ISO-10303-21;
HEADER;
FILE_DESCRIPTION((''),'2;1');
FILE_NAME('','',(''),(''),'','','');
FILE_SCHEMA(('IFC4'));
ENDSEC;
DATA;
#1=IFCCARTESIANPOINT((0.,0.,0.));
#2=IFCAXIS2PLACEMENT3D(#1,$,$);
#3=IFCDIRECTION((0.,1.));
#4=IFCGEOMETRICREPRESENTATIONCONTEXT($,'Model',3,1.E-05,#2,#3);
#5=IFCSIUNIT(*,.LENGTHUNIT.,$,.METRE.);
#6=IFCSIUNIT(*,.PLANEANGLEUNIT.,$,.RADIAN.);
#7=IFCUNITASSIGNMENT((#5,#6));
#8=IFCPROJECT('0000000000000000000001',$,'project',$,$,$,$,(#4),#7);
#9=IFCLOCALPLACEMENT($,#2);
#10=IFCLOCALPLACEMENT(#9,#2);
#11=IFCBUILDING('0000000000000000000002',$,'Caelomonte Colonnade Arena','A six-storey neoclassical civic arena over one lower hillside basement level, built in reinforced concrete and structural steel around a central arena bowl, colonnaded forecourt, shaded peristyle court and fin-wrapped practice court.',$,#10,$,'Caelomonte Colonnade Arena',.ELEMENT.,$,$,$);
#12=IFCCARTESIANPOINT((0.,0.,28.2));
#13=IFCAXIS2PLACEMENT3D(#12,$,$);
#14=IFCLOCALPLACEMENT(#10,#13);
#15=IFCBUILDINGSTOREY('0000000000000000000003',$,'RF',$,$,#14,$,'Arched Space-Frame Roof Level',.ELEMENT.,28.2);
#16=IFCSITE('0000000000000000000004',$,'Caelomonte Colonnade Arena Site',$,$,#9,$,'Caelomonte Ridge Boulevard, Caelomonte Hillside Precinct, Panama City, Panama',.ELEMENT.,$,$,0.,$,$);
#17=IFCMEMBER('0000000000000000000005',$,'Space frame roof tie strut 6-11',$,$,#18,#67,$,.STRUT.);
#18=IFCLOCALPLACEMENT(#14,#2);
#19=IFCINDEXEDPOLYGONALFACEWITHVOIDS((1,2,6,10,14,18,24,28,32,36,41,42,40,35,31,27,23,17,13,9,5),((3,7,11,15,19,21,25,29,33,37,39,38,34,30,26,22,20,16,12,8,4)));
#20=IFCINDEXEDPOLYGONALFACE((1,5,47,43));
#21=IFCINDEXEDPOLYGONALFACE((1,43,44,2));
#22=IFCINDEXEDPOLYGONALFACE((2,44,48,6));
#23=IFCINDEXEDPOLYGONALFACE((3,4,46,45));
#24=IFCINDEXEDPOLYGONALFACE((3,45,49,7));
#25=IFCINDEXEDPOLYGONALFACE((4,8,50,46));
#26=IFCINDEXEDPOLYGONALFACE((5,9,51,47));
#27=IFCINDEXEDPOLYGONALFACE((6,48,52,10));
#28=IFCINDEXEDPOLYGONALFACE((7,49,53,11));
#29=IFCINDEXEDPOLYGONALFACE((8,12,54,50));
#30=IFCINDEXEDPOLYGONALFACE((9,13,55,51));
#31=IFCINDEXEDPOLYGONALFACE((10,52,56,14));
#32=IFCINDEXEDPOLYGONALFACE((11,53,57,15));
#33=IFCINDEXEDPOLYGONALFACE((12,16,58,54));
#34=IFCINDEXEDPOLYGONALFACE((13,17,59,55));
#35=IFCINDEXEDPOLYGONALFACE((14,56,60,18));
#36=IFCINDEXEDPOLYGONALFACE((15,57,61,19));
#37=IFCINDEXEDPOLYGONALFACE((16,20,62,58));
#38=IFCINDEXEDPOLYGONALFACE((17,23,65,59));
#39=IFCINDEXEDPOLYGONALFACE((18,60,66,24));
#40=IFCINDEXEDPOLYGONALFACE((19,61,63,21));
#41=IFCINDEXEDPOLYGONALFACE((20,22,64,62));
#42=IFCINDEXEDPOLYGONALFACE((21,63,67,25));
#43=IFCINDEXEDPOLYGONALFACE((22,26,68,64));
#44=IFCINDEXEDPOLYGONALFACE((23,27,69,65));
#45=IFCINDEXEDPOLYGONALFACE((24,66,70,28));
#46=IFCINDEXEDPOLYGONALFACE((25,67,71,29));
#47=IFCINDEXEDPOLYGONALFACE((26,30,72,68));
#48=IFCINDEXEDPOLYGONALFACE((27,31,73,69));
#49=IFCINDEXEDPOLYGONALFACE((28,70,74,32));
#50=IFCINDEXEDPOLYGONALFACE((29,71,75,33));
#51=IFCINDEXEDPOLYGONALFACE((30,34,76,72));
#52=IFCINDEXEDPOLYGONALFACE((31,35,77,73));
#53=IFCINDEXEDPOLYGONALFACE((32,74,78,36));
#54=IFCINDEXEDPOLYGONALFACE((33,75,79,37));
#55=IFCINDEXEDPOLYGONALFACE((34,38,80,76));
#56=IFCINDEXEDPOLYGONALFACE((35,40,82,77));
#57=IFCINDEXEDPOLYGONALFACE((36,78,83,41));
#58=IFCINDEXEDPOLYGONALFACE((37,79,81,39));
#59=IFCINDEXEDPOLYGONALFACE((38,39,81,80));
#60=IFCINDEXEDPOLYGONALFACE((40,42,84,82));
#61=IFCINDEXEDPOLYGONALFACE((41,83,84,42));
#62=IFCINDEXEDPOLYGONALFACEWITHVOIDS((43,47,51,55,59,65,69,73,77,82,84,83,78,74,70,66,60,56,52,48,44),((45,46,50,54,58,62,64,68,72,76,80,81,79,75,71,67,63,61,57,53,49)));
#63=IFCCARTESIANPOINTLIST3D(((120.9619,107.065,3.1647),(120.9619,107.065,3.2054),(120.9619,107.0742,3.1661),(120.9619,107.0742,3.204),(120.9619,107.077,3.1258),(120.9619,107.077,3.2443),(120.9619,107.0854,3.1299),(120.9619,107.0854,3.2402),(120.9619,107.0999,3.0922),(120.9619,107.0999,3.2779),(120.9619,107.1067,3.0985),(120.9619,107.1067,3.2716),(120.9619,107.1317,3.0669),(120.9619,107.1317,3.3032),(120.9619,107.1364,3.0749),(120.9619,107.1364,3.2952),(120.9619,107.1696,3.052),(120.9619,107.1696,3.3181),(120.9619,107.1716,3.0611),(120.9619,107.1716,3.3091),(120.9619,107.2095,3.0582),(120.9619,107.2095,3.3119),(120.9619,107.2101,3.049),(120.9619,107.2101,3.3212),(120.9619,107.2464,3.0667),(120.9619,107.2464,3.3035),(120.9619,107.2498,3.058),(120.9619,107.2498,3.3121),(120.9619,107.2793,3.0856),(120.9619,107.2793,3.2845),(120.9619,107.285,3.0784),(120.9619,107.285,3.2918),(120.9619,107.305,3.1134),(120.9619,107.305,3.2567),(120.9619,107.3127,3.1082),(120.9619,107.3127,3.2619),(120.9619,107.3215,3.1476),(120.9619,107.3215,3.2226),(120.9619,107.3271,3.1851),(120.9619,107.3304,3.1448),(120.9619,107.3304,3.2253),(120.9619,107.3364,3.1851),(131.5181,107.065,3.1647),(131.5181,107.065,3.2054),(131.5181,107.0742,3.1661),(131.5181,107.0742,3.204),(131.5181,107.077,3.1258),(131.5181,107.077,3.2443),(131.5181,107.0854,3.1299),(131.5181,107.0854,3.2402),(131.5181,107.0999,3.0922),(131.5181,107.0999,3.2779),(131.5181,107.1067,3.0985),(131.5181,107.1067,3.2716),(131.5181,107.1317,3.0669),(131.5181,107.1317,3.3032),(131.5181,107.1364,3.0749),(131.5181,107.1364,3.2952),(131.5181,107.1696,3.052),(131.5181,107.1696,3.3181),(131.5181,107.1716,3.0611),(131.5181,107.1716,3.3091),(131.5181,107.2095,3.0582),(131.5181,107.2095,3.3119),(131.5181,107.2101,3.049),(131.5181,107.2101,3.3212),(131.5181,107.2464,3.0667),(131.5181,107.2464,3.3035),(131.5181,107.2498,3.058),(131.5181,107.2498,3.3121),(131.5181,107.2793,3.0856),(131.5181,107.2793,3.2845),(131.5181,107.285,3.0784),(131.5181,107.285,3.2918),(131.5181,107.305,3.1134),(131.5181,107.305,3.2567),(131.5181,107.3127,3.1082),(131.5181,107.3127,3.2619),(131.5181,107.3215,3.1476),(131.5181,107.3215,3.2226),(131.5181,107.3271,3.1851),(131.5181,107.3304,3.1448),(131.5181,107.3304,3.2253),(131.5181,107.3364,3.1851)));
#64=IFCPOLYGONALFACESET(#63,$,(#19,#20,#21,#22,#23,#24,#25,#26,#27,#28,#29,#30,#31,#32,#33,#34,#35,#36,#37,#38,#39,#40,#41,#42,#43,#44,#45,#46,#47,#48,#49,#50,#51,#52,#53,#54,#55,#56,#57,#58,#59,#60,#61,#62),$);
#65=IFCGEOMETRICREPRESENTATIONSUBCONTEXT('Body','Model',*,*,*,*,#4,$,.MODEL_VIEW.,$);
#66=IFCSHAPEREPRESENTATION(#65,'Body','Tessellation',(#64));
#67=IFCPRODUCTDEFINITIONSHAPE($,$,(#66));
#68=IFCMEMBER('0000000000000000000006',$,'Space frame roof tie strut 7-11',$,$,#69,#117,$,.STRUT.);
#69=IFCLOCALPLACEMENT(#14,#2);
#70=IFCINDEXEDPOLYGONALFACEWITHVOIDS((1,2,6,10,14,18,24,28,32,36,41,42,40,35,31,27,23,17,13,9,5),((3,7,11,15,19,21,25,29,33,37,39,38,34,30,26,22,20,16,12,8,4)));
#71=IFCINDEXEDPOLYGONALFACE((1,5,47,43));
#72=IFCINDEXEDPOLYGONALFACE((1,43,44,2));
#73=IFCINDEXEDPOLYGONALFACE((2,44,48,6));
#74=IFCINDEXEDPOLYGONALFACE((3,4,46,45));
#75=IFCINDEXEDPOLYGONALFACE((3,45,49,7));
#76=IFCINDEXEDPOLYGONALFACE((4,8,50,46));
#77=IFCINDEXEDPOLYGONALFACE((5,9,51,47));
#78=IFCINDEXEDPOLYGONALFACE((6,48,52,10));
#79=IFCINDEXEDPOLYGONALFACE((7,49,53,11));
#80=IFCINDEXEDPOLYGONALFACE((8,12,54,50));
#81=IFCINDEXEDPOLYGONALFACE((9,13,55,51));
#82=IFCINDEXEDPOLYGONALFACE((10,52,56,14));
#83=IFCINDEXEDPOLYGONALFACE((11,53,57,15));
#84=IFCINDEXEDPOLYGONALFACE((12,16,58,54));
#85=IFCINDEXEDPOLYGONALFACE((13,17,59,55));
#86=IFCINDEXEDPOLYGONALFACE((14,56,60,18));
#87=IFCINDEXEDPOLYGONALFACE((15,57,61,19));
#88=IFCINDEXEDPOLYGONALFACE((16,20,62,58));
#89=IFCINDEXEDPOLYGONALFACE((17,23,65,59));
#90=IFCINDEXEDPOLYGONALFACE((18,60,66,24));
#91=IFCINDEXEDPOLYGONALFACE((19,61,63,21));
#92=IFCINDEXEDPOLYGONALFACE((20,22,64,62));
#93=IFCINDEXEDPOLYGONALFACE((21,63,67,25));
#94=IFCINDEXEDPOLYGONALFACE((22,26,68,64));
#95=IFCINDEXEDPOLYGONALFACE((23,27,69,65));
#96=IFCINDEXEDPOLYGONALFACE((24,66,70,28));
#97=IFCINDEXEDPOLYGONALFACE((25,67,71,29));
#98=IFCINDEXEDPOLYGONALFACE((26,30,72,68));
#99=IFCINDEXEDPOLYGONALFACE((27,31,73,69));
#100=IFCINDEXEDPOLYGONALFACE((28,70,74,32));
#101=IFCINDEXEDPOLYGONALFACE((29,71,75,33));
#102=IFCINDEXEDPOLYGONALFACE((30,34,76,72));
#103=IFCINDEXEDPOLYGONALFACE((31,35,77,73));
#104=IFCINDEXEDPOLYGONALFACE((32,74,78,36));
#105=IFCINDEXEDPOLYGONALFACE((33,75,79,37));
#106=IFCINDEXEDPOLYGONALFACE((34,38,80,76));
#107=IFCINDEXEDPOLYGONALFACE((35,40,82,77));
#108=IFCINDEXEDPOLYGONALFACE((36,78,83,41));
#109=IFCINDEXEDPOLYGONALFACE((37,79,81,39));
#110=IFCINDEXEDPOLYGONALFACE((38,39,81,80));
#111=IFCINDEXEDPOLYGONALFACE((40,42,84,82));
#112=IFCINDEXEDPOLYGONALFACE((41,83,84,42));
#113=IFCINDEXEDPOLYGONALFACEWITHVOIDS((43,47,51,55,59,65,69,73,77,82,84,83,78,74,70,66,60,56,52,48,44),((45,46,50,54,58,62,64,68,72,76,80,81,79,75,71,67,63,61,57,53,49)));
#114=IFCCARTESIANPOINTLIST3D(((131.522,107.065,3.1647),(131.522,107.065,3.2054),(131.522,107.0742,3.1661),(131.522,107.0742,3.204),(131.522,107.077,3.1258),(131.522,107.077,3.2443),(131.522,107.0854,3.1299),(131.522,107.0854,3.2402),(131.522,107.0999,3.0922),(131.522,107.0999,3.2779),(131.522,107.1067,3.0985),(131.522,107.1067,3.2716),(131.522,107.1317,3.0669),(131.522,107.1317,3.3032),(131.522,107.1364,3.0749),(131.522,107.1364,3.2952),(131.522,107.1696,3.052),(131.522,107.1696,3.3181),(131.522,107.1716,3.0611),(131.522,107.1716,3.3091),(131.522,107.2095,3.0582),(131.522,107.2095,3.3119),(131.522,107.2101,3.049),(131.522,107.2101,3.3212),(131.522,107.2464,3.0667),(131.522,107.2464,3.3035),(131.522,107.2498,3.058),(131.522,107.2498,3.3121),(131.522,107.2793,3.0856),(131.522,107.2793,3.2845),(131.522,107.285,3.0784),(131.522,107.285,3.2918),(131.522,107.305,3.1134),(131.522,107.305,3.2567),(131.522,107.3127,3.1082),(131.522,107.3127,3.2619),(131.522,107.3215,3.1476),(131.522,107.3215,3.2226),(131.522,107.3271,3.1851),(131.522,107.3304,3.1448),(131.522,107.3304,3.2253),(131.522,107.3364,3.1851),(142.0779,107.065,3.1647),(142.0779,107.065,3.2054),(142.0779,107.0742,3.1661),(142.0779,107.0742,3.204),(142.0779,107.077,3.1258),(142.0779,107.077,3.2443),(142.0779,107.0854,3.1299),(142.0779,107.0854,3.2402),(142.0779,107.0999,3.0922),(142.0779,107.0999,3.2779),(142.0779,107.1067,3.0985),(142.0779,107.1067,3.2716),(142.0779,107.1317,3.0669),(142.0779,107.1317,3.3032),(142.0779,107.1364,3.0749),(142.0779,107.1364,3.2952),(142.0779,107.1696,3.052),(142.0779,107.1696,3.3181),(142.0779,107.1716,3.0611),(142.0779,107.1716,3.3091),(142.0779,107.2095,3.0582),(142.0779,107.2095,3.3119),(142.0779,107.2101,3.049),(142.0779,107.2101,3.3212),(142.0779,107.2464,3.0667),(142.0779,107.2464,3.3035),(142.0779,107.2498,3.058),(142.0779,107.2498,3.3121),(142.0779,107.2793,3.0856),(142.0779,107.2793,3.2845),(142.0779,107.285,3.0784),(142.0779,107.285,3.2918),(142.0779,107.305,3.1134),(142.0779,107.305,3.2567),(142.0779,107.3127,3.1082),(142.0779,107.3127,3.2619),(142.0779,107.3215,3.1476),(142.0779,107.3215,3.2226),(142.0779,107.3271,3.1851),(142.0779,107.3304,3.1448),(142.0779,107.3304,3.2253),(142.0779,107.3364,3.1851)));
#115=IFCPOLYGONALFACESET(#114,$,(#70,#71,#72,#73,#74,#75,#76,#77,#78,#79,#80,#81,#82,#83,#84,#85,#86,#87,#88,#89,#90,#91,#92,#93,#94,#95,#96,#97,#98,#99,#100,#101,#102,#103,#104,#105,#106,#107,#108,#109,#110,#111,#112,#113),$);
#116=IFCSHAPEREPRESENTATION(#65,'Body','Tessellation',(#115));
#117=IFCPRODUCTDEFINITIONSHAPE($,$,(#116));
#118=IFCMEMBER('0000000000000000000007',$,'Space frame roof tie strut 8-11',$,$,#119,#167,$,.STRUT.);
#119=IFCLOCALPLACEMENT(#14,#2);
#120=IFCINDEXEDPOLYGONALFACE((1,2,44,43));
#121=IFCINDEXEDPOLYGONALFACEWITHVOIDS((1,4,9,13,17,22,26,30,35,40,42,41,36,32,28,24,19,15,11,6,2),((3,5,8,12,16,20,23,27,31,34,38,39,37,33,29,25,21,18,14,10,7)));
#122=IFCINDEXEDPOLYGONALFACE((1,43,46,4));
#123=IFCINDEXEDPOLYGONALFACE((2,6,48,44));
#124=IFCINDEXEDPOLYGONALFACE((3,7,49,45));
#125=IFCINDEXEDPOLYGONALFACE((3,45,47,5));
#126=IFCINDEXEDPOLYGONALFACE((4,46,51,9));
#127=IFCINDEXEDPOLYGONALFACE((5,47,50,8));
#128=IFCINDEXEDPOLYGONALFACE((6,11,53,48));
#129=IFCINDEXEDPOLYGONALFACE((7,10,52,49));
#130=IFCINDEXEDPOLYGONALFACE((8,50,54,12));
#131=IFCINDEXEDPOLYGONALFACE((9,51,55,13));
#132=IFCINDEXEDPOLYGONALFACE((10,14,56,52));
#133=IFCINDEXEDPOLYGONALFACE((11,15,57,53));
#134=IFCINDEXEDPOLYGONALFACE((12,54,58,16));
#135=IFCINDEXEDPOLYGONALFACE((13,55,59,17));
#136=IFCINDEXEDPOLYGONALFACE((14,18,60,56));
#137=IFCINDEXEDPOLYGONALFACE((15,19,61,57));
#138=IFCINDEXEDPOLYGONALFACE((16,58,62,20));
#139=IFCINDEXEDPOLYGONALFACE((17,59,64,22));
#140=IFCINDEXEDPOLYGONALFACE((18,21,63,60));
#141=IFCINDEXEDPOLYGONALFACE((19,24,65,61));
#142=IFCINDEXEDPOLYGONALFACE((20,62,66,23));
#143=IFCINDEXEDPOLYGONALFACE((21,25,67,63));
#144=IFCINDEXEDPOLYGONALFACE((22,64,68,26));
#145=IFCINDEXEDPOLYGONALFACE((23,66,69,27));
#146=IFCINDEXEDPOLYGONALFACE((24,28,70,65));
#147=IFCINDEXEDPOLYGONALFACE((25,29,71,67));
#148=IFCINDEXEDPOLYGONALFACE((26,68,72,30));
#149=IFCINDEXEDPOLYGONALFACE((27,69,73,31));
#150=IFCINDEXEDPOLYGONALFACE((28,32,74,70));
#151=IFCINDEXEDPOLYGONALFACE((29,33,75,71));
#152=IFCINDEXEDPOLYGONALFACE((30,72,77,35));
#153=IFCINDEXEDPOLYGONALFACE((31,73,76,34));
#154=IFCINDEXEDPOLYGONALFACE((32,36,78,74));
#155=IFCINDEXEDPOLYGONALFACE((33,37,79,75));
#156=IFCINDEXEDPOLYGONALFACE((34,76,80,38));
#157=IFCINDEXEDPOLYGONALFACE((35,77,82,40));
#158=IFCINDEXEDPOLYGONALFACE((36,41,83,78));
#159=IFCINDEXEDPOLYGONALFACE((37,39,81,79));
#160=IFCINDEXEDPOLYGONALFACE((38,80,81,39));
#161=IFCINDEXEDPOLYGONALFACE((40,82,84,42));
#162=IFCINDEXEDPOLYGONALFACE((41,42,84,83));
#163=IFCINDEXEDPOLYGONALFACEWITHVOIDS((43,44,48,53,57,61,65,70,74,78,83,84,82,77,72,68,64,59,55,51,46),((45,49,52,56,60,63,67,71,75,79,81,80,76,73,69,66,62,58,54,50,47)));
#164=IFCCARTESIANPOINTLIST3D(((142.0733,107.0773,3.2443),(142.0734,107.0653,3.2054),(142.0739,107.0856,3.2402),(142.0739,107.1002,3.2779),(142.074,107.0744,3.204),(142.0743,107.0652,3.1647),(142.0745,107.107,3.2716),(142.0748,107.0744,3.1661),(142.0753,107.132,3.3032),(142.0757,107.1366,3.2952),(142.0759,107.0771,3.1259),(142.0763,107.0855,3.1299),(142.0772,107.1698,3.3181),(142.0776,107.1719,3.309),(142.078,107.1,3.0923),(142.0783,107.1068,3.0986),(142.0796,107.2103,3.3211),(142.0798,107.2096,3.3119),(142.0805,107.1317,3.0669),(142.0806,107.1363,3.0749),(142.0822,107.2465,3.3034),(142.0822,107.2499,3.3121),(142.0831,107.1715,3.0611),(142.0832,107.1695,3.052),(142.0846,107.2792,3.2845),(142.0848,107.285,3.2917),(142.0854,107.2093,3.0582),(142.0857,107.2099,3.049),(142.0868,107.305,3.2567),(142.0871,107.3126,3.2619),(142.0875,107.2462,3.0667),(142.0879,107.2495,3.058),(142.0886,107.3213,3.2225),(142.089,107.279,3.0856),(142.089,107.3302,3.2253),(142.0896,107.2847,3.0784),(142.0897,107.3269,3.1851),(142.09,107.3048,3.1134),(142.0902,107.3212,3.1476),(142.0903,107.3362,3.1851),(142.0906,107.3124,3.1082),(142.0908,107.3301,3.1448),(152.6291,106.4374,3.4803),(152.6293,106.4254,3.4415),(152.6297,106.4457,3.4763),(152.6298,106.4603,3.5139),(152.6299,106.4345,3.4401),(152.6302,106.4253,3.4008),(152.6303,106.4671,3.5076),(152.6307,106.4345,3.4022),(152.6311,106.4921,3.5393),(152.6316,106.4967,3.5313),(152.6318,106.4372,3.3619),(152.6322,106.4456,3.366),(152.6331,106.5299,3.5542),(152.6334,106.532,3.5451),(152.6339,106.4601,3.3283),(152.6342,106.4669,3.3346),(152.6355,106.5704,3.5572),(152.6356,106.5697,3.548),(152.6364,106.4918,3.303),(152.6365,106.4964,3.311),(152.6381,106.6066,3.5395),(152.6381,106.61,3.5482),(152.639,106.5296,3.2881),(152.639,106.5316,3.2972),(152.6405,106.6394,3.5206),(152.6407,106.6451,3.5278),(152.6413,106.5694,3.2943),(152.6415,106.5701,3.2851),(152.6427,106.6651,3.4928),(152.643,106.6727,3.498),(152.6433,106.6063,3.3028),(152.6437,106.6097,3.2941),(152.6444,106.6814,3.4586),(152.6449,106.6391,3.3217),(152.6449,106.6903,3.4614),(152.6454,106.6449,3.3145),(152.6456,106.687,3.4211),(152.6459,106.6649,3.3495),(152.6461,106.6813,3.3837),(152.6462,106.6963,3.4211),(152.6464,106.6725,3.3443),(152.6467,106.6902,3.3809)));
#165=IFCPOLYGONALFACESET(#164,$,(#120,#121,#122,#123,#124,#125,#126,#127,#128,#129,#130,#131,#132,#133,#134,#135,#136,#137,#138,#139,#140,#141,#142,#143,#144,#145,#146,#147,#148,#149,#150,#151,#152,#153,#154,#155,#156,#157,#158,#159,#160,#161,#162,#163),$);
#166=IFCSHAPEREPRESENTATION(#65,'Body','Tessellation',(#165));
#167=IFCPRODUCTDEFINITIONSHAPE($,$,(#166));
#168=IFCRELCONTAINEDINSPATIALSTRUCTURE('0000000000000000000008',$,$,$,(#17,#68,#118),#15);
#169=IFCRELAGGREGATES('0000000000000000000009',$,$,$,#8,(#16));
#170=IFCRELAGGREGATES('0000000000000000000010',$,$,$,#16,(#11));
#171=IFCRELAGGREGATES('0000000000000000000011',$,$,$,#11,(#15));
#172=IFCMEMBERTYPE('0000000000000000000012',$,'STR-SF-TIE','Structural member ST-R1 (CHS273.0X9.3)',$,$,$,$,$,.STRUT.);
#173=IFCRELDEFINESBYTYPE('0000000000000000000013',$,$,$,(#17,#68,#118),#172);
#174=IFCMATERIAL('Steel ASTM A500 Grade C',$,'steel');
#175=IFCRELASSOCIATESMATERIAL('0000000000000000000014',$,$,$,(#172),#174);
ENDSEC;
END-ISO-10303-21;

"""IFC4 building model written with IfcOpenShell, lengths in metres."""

from ifc_helpers import new_model, si_unit, direction, frame, origin, origin_2d, place, context, subcontext, project, spatial, hollow_circle, extrude, material, material_profile, profile_set, type_object, element, save


model = new_model("IFC4")

# Units and contexts
model_context = context("Model", 3, precision=1e-05, world=origin(), true_north=direction((0.0, 1.0)))
body_context = subcontext(model_context, "Body", "Model", "MODEL_VIEW")
ifc_project = project(units=[si_unit("LENGTHUNIT", "METRE"), si_unit("PLANEANGLEUNIT", "RADIAN")], contexts=[model_context])

# Site, building, storey
site_placement = place(None, origin())
site = spatial("IfcSite", under=ifc_project, at=site_placement, Name="Caelomonte Colonnade Arena Site", LongName="Caelomonte Ridge Boulevard, Caelomonte Hillside Precinct, Panama City, Panama", CompositionType="ELEMENT", RefElevation=0.0)
building_placement = place(site_placement, origin())
building = spatial("IfcBuilding", under=site, at=building_placement, Name="Caelomonte Colonnade Arena", Description="A six-storey neoclassical civic arena over one lower hillside basement level, built in reinforced concrete and structural steel around a central arena bowl, colonnaded forecourt, shaded peristyle court and fin-wrapped practice court.", LongName="Caelomonte Colonnade Arena", CompositionType="ELEMENT")
storey_placement = place(building_placement, frame((0.0, 0.0, 28.2)))
storey = spatial("IfcBuildingStorey", under=building, at=storey_placement, Name="RF", LongName="Arched Space-Frame Roof Level", CompositionType="ELEMENT", Elevation=28.2)

# Members
ifc_material_1 = material(Name="Steel ASTM A500 Grade C", Category="steel")
ifc_material_profile_1 = material_profile(ifc_material_1, hollow_circle(Radius=0.1365, WallThickness=0.0093, at=origin_2d()), Name="CHS273.0X9.3")
ifc_profile_set_1 = profile_set([ifc_material_profile_1], Name="Steel ASTM A500 Grade C")
member_type_1 = type_object("IfcMemberType", Name="STR-SF-TIE", Description="Structural member ST-R1 (CHS273.0X9.3)", PredefinedType="STRUT", material=ifc_profile_set_1)
member_1_placement = place(storey_placement, frame((120.9619, 107.2, 3.1851), z_axis=(1.0, 0.0, 0.0), x_axis=(0.0, 1.0, 0.0)))
element("IfcMember", 1, at=member_1_placement, inside=storey, type_object=member_type_1, Name="Space frame roof tie strut 6-11", PredefinedType="STRUT", context=body_context, shape_type="SweptSolid", body=[
    extrude(hollow_circle(Radius=0.1365, WallThickness=0.0093, at=origin_2d()), origin(), (0.0, 0.0, 1.0), 10.5562),
])
member_2_placement = place(storey_placement, frame((131.522, 107.2, 3.1851), z_axis=(1.0, 0.0, 0.0), x_axis=(0.0, 1.0, 0.0)))
element("IfcMember", 2, at=member_2_placement, inside=storey, type_object=member_type_1, Name="Space frame roof tie strut 7-11", PredefinedType="STRUT", context=body_context, shape_type="SweptSolid", body=[
    extrude(hollow_circle(Radius=0.1365, WallThickness=0.0093, at=origin_2d()), origin(), (0.0, 0.0, 1.0), 10.5559),
])
member_3_placement = place(storey_placement, frame((142.082, 107.2, 3.1851), z_axis=(0.997919, -0.060493, 0.022319), x_axis=(0.060508, 0.998168, 0.0)))
element("IfcMember", 3, at=member_3_placement, inside=storey, type_object=member_type_1, Name="Space frame roof tie strut 8-11", PredefinedType="STRUT", context=body_context, shape_type="SweptSolid", body=[
    extrude(hollow_circle(Radius=0.1365, WallThickness=0.0093, at=origin_2d()), origin(), (0.0, 0.0, 1.0), 10.5779),
])

save(model, "model.ifc")
